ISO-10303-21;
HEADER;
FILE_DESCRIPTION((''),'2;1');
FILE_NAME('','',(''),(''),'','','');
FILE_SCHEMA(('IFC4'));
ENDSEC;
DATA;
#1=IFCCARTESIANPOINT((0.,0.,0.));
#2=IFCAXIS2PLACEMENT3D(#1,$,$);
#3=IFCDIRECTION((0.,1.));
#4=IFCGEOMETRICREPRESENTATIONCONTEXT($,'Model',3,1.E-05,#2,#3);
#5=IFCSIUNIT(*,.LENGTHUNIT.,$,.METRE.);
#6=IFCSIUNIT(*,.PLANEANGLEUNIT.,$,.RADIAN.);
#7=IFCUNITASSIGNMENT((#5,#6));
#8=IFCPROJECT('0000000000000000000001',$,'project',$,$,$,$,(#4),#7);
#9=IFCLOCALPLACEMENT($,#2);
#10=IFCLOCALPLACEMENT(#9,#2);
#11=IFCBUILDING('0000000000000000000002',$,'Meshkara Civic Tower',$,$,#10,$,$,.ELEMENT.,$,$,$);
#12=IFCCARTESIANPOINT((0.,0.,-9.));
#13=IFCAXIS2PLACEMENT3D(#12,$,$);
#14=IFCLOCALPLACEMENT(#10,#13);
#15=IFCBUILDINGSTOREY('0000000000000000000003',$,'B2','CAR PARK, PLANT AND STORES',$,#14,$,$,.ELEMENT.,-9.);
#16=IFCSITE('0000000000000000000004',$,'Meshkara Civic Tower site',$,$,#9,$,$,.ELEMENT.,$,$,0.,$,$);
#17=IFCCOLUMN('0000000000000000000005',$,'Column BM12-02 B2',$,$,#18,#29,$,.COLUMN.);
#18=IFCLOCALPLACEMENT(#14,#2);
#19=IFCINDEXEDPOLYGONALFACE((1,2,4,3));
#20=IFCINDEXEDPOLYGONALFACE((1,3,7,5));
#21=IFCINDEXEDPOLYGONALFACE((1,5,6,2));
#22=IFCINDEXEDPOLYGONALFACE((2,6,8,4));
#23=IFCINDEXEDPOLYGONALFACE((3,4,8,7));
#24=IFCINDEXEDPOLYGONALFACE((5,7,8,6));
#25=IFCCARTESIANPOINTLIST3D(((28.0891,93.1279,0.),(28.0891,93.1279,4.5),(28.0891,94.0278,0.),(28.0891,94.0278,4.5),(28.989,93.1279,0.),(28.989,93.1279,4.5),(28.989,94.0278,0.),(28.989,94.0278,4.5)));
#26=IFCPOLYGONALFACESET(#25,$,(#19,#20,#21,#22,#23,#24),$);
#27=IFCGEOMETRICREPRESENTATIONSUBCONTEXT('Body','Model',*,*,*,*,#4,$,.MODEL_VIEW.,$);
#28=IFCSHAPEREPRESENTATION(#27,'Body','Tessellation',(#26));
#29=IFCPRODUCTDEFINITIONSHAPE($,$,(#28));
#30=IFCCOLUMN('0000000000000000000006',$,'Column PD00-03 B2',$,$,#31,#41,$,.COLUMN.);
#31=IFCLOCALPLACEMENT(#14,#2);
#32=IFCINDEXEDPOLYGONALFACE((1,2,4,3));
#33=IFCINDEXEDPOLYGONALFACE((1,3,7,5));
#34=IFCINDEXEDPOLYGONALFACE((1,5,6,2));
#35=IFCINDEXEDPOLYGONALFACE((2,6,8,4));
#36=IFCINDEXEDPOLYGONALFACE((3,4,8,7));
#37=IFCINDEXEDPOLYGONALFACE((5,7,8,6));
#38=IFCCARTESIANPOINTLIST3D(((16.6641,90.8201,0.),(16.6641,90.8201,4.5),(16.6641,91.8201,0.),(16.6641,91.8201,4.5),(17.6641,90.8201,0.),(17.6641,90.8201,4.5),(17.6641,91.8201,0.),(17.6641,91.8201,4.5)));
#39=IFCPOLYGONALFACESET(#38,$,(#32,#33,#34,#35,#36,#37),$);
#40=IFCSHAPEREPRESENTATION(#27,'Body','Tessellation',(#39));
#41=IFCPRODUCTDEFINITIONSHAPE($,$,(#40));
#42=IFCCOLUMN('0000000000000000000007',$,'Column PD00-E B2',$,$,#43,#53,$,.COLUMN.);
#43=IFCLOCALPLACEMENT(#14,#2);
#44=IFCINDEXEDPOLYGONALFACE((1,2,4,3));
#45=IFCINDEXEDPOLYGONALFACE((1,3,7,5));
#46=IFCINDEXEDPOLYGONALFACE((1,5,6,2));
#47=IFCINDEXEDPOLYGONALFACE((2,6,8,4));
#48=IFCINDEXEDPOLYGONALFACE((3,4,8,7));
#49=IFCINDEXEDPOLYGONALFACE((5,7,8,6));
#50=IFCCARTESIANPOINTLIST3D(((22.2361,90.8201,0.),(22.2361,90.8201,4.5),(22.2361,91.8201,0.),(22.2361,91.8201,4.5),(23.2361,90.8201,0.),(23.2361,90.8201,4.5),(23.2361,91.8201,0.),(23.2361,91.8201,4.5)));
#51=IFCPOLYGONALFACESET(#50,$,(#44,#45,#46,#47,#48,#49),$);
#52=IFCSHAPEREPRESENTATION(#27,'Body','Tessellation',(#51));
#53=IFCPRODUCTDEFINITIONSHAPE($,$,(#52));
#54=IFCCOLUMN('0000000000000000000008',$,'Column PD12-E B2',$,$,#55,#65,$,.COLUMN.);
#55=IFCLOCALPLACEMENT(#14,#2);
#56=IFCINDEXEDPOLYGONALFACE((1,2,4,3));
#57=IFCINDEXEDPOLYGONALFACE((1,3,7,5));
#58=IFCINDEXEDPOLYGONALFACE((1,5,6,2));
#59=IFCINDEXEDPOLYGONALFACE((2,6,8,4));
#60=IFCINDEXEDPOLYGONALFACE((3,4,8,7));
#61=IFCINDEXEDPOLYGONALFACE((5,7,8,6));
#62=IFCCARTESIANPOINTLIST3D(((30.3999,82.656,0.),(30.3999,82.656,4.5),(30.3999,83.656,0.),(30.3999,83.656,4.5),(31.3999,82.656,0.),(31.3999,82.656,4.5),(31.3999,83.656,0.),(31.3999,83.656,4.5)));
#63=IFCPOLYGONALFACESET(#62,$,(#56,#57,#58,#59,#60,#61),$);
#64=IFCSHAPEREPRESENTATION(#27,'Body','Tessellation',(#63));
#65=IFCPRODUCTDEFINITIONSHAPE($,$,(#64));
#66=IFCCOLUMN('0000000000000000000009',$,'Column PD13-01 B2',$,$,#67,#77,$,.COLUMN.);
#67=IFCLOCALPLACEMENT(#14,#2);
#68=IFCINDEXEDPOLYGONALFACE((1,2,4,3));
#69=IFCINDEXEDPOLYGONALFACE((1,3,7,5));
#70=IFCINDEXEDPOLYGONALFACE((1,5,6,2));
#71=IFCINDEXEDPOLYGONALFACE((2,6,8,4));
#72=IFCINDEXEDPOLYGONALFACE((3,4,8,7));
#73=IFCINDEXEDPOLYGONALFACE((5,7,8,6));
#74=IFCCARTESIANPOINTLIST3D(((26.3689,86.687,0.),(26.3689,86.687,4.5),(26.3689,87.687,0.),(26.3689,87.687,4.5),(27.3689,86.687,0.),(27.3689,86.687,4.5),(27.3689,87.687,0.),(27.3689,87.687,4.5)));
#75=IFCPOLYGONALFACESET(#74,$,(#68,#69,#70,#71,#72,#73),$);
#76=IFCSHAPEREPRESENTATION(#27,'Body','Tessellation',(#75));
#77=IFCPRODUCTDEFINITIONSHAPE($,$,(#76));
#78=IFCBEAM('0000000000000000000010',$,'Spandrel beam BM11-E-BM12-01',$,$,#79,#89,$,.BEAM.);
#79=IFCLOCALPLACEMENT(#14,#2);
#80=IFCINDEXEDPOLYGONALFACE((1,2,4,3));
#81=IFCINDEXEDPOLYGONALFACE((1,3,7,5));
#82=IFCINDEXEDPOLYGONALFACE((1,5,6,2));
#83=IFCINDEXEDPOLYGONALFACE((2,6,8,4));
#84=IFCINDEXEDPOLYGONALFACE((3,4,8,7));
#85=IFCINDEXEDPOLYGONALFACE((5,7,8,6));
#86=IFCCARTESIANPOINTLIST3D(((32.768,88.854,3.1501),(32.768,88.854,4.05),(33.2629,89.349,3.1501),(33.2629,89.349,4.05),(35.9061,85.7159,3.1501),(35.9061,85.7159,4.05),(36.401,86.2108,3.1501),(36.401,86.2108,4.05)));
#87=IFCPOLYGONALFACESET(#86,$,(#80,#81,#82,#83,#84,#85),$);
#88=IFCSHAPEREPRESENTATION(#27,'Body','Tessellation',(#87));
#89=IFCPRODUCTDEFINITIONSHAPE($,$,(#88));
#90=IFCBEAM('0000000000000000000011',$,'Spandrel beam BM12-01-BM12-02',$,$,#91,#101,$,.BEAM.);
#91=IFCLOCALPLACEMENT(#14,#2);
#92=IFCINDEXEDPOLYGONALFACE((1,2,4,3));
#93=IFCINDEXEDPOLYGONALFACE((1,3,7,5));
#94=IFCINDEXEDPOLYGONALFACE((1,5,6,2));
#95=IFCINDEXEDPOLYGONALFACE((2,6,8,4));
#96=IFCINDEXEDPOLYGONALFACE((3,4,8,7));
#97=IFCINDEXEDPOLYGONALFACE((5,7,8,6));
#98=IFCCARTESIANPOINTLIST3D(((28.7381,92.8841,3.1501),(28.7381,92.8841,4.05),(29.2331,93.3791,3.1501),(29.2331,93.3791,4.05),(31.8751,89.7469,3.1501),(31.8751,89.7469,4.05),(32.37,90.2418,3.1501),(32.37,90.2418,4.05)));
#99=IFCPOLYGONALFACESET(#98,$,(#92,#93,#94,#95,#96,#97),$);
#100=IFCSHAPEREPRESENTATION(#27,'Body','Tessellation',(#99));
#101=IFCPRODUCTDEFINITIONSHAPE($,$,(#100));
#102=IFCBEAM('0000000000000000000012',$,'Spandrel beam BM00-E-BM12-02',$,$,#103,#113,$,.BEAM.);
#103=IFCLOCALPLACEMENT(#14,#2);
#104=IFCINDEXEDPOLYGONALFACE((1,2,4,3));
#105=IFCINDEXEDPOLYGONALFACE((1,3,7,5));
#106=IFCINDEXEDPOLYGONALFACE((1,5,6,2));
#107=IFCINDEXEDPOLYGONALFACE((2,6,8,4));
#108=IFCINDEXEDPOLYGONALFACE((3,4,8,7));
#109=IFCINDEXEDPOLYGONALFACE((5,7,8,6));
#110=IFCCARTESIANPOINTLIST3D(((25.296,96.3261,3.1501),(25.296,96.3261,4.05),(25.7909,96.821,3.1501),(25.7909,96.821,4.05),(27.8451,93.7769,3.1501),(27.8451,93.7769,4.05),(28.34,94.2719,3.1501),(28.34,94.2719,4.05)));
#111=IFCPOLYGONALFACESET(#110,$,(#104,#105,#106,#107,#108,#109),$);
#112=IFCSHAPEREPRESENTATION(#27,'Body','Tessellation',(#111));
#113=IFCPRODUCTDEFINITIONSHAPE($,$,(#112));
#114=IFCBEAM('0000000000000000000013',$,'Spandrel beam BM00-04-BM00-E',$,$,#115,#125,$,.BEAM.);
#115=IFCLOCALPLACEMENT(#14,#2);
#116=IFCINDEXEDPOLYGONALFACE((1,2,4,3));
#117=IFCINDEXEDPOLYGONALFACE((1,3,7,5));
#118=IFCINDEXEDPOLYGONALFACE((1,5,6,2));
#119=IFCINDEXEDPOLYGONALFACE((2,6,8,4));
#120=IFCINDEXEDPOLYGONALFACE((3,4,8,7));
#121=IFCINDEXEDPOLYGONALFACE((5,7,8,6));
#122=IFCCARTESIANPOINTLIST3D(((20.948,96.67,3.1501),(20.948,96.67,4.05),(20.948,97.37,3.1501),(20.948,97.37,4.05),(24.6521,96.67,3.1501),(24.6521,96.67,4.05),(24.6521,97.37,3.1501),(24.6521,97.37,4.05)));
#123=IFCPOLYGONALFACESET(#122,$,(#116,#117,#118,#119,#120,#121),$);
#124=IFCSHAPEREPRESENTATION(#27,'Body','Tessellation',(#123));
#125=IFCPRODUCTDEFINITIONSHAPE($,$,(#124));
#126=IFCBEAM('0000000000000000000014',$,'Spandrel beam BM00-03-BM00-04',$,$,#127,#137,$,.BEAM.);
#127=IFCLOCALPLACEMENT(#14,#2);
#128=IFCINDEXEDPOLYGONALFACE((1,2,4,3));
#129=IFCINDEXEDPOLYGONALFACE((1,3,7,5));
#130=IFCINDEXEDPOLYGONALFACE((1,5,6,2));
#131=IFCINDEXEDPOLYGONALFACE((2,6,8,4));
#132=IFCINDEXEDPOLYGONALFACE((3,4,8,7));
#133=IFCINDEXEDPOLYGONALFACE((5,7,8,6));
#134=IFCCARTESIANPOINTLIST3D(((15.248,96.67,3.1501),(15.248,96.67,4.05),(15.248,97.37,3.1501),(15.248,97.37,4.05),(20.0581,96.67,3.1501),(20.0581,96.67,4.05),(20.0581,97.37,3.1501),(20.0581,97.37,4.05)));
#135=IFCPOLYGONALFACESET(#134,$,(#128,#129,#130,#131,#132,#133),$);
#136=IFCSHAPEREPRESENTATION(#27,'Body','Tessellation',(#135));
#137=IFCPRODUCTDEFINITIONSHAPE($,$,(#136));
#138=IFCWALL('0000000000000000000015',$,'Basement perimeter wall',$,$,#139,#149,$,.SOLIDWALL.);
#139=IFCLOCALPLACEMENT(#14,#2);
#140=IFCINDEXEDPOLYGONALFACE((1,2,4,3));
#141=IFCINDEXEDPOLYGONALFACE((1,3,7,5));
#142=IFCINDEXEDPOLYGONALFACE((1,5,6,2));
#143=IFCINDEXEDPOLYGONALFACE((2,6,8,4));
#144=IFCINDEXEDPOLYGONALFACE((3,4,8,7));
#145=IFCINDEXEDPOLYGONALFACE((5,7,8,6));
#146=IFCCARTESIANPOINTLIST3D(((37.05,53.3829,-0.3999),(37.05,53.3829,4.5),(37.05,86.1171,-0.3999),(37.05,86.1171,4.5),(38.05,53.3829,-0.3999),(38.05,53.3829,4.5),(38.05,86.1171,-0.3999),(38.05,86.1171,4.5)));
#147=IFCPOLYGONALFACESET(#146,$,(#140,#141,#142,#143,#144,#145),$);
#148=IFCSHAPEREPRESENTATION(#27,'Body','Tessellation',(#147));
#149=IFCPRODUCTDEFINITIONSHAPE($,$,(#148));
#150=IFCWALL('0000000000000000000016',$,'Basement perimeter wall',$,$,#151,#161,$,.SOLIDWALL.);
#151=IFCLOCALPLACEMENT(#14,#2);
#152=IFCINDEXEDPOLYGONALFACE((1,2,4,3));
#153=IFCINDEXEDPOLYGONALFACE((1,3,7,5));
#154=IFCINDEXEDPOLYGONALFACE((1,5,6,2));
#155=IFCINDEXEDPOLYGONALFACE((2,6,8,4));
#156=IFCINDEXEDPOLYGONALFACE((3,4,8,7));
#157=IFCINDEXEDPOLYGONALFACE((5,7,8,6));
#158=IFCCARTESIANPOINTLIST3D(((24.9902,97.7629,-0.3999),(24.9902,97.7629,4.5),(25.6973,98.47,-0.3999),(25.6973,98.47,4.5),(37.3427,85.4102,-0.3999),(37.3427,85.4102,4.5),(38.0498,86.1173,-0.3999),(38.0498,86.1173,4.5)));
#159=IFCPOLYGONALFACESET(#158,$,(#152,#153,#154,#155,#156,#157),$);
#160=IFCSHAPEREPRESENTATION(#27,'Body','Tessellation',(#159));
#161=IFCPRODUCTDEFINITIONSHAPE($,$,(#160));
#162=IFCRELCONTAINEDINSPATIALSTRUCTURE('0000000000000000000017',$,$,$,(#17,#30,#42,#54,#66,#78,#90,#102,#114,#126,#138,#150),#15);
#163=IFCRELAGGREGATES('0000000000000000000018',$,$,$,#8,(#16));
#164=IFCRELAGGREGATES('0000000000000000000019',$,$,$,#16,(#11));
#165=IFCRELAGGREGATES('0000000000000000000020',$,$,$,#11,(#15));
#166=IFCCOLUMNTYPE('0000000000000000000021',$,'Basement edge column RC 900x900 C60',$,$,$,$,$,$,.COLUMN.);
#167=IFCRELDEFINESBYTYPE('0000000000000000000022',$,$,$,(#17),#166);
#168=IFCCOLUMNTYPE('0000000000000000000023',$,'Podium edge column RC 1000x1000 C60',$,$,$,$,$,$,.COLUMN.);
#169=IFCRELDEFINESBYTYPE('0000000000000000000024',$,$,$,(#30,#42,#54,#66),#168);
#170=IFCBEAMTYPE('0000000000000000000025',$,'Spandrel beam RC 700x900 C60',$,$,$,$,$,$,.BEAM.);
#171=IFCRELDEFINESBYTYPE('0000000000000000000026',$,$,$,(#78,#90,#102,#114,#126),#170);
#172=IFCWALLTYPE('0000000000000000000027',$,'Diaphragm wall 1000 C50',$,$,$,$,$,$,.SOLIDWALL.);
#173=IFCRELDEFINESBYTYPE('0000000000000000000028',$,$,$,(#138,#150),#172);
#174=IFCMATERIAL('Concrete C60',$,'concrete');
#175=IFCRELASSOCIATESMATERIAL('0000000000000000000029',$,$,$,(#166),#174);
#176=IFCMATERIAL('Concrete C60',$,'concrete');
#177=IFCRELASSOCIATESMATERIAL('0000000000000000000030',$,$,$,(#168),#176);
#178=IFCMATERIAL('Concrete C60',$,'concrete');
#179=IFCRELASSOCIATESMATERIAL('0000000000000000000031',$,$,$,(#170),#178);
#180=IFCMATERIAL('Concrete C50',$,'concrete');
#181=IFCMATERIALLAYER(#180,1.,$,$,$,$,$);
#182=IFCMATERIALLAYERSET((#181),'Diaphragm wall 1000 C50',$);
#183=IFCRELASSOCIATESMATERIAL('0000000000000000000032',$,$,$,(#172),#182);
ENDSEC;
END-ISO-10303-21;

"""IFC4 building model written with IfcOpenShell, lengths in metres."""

from ifc_helpers import new_model, si_unit, direction, frame, frame_2d, origin, origin_2d, place, context, subcontext, project, spatial, rectangle, extrude, material, layer, layer_set, material_profile, profile_set, type_object, element, save


model = new_model("IFC4")

# Units and contexts
model_context = context("Model", 3, precision=1e-05, world=origin(), true_north=direction((0.0, 1.0)))
body_context = subcontext(model_context, "Body", "Model", "MODEL_VIEW")
ifc_project = project(units=[si_unit("LENGTHUNIT", "METRE"), si_unit("PLANEANGLEUNIT", "RADIAN")], contexts=[model_context])

# Site, building, storey
site_placement = place(None, origin())
site = spatial("IfcSite", under=ifc_project, at=site_placement, Name="Meshkara Civic Tower site", CompositionType="ELEMENT", RefElevation=0.0)
building_placement = place(site_placement, origin())
building = spatial("IfcBuilding", under=site, at=building_placement, Name="Meshkara Civic Tower", CompositionType="ELEMENT")
storey_placement = place(building_placement, frame((0.0, 0.0, -9.0)))
storey = spatial("IfcBuildingStorey", under=building, at=storey_placement, Name="B2", Description="CAR PARK, PLANT AND STORES", CompositionType="ELEMENT", Elevation=-9.0)

# Columns
ifc_material_1 = material(Name="Concrete C60", Category="concrete")
ifc_material_profile_1 = material_profile(ifc_material_1, rectangle(XDim=0.8999, YDim=0.8999, at=origin_2d()))
ifc_profile_set_1 = profile_set([ifc_material_profile_1], Name="Concrete C60")
column_type_1 = type_object("IfcColumnType", Name="Basement edge column RC 900x900 C60", PredefinedType="COLUMN", material=ifc_profile_set_1)
for number, where, z_axis, x_axis, name in (
    (1, (28.5391, 93.5779, 0.0), (0.0, 0.0, 1.0), (1.0, 0.0, 0.0), "Column BM12-02 B2"),
):
    element("IfcColumn", number, at=place(storey_placement, frame(where, z_axis=z_axis, x_axis=x_axis)), inside=storey, type_object=column_type_1, Name=name, PredefinedType="COLUMN", context=body_context, shape_type="SweptSolid", body=[
        extrude(rectangle(XDim=0.8999, YDim=0.8999, at=origin_2d()), origin(), (0.0, 0.0, 1.0), 4.5),
    ])
ifc_material_2 = material(Name="Concrete C60", Category="concrete")
ifc_material_profile_2 = material_profile(ifc_material_2, rectangle(XDim=1.0, YDim=1.0, at=origin_2d()))
ifc_profile_set_2 = profile_set([ifc_material_profile_2], Name="Concrete C60")
column_type_2 = type_object("IfcColumnType", Name="Podium edge column RC 1000x1000 C60", PredefinedType="COLUMN", material=ifc_profile_set_2)
for number, where, z_axis, x_axis, name in (
    (2, (17.1641, 91.3201, 0.0), (0.0, 0.0, 1.0), (1.0, 0.0, 0.0), "Column PD00-03 B2"),
    (3, (22.7361, 91.3201, 0.0), (0.0, 0.0, 1.0), (1.0, 0.0, 0.0), "Column PD00-E B2"),
    (4, (30.8999, 83.156, 0.0), (0.0, 0.0, 1.0), (1.0, 0.0, 0.0), "Column PD12-E B2"),
    (5, (26.8689, 87.187, 0.0), (0.0, 0.0, 1.0), (1.0, 0.0, 0.0), "Column PD13-01 B2"),
):
    element("IfcColumn", number, at=place(storey_placement, frame(where, z_axis=z_axis, x_axis=x_axis)), inside=storey, type_object=column_type_2, Name=name, PredefinedType="COLUMN", context=body_context, shape_type="SweptSolid", body=[
        extrude(rectangle(XDim=1.0, YDim=1.0, at=origin_2d()), origin(), (0.0, 0.0, 1.0), 4.5),
    ])

# Beams
ifc_material_3 = material(Name="Concrete C60", Category="concrete")
ifc_material_profile_3 = material_profile(ifc_material_3, rectangle(XDim=0.7, YDim=0.8999, at=origin_2d()))
ifc_profile_set_3 = profile_set([ifc_material_profile_3], Name="Concrete C60")
beam_type = type_object("IfcBeamType", Name="Spandrel beam RC 700x900 C60", PredefinedType="BEAM", material=ifc_profile_set_3)
beam_1_placement = place(storey_placement, frame((36.1536, 85.9634, 3.6001), z_axis=(-0.707107, 0.707107, 0.0), x_axis=(-0.707107, -0.707107, 0.0)))
element("IfcBeam", 6, at=beam_1_placement, inside=storey, type_object=beam_type, Name="Spandrel beam BM11-E-BM12-01", PredefinedType="BEAM", context=body_context, shape_type="SweptSolid", body=[
    extrude(rectangle(XDim=0.7, YDim=0.8999, at=origin_2d()), origin(), (0.0, 0.0, 1.0), 4.438),
])
beam_2_placement = place(storey_placement, frame((32.1226, 89.9944, 3.6001), z_axis=(-0.707079, 0.707134, 0.0), x_axis=(-0.707134, -0.707079, 0.0)))
element("IfcBeam", 7, at=beam_2_placement, inside=storey, type_object=beam_type, Name="Spandrel beam BM12-01-BM12-02", PredefinedType="BEAM", context=body_context, shape_type="SweptSolid", body=[
    extrude(rectangle(XDim=0.7, YDim=0.8999, at=origin_2d()), origin(), (0.0, 0.0, 1.0), 4.4365),
])
beam_3_placement = place(storey_placement, frame((28.0925, 94.0244, 3.6001), z_axis=(-0.707107, 0.707107, 0.0), x_axis=(-0.707107, -0.707107, 0.0)))
element("IfcBeam", 8, at=beam_3_placement, inside=storey, type_object=beam_type, Name="Spandrel beam BM00-E-BM12-02", PredefinedType="BEAM", context=body_context, shape_type="SweptSolid", body=[
    extrude(rectangle(XDim=0.7, YDim=0.8999, at=origin_2d()), origin(), (0.0, 0.0, 1.0), 3.605),
])
beam_4_placement = place(storey_placement, frame((24.6521, 97.02, 3.6001), z_axis=(-1.0, 0.0, 0.0), x_axis=(0.0, -1.0, 0.0)))
element("IfcBeam", 9, at=beam_4_placement, inside=storey, type_object=beam_type, Name="Spandrel beam BM00-04-BM00-E", PredefinedType="BEAM", context=body_context, shape_type="SweptSolid", body=[
    extrude(rectangle(XDim=0.7, YDim=0.8999, at=origin_2d()), origin(), (0.0, 0.0, 1.0), 3.7041),
])
beam_5_placement = place(storey_placement, frame((20.0581, 97.02, 3.6001), z_axis=(-1.0, 0.0, 0.0), x_axis=(0.0, -1.0, 0.0)))
element("IfcBeam", 10, at=beam_5_placement, inside=storey, type_object=beam_type, Name="Spandrel beam BM00-03-BM00-04", PredefinedType="BEAM", context=body_context, shape_type="SweptSolid", body=[
    extrude(rectangle(XDim=0.7, YDim=0.8999, at=origin_2d()), origin(), (0.0, 0.0, 1.0), 4.8101),
])

# Walls
ifc_material_4 = material(Name="Concrete C50", Category="concrete")
ifc_layer = layer(ifc_material_4, 1.0)
ifc_layer_set = layer_set([ifc_layer], Name="Diaphragm wall 1000 C50")
wall_type = type_object("IfcWallType", Name="Diaphragm wall 1000 C50", PredefinedType="SOLIDWALL", material=ifc_layer_set)
wall_1_placement = place(storey_placement, frame((37.55, 86.1172, -0.3999), z_axis=(0.0, 0.0, 1.0), x_axis=(0.0, -1.0, 0.0)))
element("IfcWall", 11, at=wall_1_placement, inside=storey, type_object=wall_type, Name="Basement perimeter wall", PredefinedType="SOLIDWALL", context=body_context, shape_type="SweptSolid", body=[
    extrude(rectangle(XDim=32.7341, YDim=1.0, at=frame_2d((16.3672, 0.0))), origin(), (0.0, 0.0, 1.0), 4.8999),
])
wall_2_placement = place(storey_placement, frame((25.3438, 98.1165, -0.3999), z_axis=(0.0, 0.0, 1.0), x_axis=(0.7071, -0.707114, 0.0)))
element("IfcWall", 12, at=wall_2_placement, inside=storey, type_object=wall_type, Name="Basement perimeter wall", PredefinedType="SOLIDWALL", context=body_context, shape_type="SweptSolid", body=[
    extrude(rectangle(XDim=17.4692, YDim=1.0, at=frame_2d((8.7346, 0.0))), origin(), (0.0, 0.0, 1.0), 4.8999),
])

save(model, "model.ifc")
